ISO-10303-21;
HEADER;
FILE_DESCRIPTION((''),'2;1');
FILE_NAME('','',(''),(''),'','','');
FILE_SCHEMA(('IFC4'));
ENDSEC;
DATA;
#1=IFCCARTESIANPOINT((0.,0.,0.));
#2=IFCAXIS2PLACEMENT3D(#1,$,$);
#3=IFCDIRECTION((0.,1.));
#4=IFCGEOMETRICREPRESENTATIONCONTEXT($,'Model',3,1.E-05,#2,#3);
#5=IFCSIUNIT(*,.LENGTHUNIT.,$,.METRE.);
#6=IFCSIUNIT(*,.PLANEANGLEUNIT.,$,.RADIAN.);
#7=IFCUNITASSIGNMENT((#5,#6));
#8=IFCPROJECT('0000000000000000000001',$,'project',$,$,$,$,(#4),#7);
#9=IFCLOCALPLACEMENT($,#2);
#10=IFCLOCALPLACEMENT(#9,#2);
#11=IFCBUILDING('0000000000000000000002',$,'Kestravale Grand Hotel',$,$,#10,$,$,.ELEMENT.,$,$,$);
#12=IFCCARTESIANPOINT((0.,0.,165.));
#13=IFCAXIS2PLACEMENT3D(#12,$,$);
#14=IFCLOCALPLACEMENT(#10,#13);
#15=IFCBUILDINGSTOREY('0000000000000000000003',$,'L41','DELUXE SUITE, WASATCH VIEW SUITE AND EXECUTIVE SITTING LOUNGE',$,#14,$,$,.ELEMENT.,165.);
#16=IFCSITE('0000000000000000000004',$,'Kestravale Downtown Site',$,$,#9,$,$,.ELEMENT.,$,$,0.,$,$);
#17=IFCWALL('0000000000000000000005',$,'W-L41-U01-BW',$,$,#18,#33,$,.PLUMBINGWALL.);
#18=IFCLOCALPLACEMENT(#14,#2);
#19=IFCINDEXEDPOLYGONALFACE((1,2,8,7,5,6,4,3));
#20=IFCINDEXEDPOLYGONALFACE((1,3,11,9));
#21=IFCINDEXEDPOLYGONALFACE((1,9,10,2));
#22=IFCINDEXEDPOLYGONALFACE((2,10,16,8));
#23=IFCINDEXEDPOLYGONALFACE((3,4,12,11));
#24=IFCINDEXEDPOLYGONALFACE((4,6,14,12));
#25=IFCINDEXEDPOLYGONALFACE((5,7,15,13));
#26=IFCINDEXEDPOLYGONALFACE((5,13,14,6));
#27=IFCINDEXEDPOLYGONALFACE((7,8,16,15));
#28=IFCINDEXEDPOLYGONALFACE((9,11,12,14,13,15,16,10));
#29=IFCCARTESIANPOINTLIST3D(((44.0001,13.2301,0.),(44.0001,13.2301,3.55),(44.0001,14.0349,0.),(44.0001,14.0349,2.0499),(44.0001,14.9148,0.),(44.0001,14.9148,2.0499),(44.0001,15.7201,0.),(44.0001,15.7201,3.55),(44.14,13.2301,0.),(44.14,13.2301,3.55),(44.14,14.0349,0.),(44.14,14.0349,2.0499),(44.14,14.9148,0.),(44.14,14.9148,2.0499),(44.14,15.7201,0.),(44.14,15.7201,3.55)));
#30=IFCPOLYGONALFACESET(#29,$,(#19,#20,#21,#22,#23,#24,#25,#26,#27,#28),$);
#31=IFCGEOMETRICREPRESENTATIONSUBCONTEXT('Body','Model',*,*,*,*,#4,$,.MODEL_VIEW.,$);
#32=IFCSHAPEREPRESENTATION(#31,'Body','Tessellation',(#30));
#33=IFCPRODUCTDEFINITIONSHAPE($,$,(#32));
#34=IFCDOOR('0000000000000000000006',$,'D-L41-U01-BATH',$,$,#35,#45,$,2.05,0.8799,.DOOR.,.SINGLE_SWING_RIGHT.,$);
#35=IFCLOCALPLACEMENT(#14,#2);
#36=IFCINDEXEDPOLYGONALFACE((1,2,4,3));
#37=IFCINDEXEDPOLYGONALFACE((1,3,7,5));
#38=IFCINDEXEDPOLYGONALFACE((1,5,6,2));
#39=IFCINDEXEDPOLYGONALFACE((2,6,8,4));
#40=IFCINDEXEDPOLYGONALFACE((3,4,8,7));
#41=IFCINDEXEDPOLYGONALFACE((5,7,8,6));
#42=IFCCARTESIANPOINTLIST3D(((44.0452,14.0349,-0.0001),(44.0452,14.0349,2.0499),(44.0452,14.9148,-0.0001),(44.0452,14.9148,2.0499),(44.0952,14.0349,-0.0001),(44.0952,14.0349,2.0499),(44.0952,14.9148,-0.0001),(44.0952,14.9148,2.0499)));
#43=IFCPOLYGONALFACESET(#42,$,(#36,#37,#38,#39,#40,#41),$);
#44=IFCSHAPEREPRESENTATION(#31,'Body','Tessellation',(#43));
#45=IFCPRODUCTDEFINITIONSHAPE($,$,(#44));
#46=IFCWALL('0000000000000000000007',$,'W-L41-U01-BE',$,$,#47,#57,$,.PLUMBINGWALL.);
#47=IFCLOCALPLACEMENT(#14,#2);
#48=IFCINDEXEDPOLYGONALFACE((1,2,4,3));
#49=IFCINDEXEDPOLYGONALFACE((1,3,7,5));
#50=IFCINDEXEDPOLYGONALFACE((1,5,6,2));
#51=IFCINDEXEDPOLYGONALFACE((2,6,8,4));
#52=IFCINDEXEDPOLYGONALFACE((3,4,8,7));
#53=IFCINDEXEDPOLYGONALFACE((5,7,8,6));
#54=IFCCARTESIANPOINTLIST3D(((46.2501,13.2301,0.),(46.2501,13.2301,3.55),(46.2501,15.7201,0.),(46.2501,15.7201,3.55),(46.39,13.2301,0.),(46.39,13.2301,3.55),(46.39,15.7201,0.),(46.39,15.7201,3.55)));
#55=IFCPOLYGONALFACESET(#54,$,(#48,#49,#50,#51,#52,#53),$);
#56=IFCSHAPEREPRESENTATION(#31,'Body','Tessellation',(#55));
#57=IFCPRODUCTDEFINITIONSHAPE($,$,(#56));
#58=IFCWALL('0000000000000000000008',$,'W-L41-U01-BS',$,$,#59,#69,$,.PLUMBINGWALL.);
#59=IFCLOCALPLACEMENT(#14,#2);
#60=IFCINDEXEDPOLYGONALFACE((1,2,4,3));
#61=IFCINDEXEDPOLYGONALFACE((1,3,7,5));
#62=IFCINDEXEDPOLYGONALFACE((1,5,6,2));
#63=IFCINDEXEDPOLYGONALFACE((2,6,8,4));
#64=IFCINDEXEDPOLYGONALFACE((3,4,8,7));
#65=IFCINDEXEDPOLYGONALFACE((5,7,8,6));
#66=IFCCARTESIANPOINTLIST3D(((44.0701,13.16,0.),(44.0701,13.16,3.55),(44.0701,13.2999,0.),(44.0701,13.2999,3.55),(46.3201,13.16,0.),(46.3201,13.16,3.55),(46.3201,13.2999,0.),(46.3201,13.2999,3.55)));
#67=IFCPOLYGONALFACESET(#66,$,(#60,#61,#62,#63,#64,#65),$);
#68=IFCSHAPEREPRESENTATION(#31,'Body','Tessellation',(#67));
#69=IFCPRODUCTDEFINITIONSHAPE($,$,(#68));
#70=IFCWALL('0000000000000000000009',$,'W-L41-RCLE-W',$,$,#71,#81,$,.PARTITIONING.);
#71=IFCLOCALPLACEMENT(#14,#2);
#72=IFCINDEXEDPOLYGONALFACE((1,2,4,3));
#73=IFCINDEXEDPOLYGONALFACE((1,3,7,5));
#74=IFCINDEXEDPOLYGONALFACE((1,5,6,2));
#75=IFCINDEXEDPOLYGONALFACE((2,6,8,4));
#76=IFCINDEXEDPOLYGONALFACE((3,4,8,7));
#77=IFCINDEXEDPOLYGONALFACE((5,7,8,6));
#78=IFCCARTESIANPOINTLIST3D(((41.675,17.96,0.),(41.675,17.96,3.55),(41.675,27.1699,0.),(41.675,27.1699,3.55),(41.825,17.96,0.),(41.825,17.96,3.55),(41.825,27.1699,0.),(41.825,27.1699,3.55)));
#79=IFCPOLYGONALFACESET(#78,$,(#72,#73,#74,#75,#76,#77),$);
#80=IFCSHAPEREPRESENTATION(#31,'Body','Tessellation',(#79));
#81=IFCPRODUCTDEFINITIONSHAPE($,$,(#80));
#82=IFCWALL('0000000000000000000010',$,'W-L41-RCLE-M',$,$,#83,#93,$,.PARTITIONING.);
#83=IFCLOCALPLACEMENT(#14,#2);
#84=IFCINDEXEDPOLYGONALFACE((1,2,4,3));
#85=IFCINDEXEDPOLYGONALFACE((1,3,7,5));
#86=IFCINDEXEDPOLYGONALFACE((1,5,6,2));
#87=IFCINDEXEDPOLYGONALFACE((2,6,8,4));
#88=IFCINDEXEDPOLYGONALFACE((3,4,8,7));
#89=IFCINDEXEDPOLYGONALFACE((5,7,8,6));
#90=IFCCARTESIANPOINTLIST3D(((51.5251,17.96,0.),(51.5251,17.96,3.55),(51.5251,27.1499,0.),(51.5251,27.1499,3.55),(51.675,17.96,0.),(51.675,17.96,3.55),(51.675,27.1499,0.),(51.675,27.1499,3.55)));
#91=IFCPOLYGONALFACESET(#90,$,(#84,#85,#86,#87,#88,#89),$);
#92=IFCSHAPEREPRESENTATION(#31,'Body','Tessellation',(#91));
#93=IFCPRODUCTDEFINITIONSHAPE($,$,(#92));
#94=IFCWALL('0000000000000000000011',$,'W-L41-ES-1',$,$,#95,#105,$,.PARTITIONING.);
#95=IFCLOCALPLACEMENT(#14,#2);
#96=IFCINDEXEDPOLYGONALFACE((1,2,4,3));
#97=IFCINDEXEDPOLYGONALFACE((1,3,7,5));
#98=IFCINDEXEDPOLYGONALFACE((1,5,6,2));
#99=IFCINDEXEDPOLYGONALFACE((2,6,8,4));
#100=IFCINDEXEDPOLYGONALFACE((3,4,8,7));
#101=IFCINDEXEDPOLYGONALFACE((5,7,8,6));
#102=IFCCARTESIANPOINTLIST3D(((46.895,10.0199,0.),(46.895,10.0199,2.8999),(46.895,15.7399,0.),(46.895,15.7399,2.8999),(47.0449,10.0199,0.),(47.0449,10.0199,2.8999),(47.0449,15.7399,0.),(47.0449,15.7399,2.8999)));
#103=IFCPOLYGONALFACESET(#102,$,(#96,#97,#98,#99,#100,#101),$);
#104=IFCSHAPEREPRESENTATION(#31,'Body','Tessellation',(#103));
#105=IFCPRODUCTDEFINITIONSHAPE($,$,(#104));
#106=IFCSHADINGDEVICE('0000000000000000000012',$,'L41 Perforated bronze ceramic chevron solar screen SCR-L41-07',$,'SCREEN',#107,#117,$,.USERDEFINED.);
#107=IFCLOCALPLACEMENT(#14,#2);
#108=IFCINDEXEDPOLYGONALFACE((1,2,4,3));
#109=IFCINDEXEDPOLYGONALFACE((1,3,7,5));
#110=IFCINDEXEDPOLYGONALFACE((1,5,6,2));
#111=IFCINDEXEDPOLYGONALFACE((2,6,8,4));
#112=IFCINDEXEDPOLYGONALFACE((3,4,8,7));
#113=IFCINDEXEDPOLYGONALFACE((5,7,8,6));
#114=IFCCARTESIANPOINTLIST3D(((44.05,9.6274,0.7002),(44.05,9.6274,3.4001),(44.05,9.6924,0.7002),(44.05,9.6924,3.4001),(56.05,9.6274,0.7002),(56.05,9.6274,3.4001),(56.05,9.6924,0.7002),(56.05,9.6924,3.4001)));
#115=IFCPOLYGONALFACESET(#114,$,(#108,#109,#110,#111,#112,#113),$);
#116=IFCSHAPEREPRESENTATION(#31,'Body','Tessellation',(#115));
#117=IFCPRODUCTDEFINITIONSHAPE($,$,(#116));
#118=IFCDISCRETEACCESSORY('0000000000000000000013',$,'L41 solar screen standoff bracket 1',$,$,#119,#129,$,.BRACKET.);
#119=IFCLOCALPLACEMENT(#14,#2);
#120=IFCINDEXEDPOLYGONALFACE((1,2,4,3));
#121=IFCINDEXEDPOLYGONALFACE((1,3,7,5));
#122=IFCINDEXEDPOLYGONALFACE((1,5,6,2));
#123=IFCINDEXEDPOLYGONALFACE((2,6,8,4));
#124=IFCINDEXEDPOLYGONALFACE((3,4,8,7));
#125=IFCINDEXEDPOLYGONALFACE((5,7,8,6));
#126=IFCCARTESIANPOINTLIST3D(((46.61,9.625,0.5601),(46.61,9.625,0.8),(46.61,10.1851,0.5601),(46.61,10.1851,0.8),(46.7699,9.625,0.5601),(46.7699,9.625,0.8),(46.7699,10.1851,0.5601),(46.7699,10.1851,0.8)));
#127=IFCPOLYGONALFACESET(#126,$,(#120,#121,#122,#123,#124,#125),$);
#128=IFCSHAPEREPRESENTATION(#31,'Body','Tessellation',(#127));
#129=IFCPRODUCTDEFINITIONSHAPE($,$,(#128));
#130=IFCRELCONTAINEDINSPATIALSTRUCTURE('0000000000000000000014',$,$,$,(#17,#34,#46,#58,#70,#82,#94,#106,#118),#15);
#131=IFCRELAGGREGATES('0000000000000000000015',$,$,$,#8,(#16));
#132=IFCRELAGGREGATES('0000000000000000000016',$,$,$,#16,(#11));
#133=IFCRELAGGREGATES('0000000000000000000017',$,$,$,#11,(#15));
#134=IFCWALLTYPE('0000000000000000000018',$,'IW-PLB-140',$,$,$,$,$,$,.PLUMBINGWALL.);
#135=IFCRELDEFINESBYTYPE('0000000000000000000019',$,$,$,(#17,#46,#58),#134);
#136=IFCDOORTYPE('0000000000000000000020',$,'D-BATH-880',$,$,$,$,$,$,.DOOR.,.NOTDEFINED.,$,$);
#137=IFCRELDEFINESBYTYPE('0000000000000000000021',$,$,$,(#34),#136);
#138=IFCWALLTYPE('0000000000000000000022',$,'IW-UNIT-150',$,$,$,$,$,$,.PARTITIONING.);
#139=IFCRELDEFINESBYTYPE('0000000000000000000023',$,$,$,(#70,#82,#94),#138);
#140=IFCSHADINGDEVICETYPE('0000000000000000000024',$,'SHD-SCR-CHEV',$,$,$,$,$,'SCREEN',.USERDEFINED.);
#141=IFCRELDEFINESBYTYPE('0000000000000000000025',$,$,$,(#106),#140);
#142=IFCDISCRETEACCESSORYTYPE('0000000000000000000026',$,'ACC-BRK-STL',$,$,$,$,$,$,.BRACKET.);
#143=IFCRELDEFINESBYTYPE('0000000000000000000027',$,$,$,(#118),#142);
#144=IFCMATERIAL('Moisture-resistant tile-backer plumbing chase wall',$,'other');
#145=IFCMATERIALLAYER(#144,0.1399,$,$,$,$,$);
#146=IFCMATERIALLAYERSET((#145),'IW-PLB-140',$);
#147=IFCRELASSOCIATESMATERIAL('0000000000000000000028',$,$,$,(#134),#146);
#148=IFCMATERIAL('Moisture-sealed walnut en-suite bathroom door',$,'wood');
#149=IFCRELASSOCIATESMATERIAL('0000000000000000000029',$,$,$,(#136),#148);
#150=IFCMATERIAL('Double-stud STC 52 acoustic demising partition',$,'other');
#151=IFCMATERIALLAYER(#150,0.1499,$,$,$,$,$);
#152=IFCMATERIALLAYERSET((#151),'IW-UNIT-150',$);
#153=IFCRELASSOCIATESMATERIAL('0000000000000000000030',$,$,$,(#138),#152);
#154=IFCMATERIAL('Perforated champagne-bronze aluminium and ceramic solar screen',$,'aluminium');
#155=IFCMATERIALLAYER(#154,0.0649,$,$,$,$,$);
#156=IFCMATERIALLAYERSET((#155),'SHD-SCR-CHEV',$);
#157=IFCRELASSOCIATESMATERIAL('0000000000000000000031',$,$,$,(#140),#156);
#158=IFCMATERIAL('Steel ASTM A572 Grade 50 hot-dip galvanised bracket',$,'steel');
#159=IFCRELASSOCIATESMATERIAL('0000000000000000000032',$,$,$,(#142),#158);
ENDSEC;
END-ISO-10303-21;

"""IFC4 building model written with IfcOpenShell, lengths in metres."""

from ifc_helpers import new_model, si_unit, direction, frame, frame_2d, origin, origin_2d, place, context, subcontext, project, spatial, rectangle, extrude, material, layer, layer_set, type_object, element, fill, save


model = new_model("IFC4")

# Units and contexts
model_context = context("Model", 3, precision=1e-05, world=origin(), true_north=direction((0.0, 1.0)))
body_context = subcontext(model_context, "Body", "Model", "MODEL_VIEW")
ifc_project = project(units=[si_unit("LENGTHUNIT", "METRE"), si_unit("PLANEANGLEUNIT", "RADIAN")], contexts=[model_context])

# Site, building, storey
site_placement = place(None, origin())
site = spatial("IfcSite", under=ifc_project, at=site_placement, Name="Kestravale Downtown Site", CompositionType="ELEMENT", RefElevation=0.0)
building_placement = place(site_placement, origin())
building = spatial("IfcBuilding", under=site, at=building_placement, Name="Kestravale Grand Hotel", CompositionType="ELEMENT")
storey_placement = place(building_placement, frame((0.0, 0.0, 165.0)))
storey = spatial("IfcBuildingStorey", under=building, at=storey_placement, Name="L41", Description="DELUXE SUITE, WASATCH VIEW SUITE AND EXECUTIVE SITTING LOUNGE", CompositionType="ELEMENT", Elevation=165.0)

# Wall, opening, door
ifc_material_1 = material(Name="Moisture-resistant tile-backer plumbing chase wall", Category="other")
ifc_layer_1 = layer(ifc_material_1, 0.1399)
ifc_layer_set_1 = layer_set([ifc_layer_1], Name="IW-PLB-140")
wall_type_1 = type_object("IfcWallType", Name="IW-PLB-140", PredefinedType="PLUMBINGWALL", material=ifc_layer_set_1)
wall_1_placement = place(storey_placement, frame((44.0701, 13.23, 0.0), z_axis=(0.0, 0.0, 1.0), x_axis=(0.0, 1.0, 0.0)))
wall_1 = element("IfcWall", 1, at=wall_1_placement, inside=storey, type_object=wall_type_1, Name="W-L41-U01-BW", PredefinedType="PLUMBINGWALL", context=body_context, shape_type="SweptSolid", body=[
    extrude(rectangle(XDim=2.49, YDim=0.1399, at=frame_2d((1.2451, 0.0))), origin(), (0.0, 0.0, 1.0), 3.55),
])
opening_1_placement = place(wall_1_placement, frame((0.8049, 0.0, 0.0)))
opening_1 = element("IfcOpeningElement", 2, at=opening_1_placement, cuts=wall_1, PredefinedType="OPENING", context=body_context, shape_type="SweptSolid", body=[
    extrude(rectangle(XDim=0.8799, YDim=2.05, at=frame_2d((0.4399, 1.0249))), frame((0.0, 0.0798, 0.0), z_axis=(0.0, -1.0, 0.0), x_axis=(1.0, 0.0, 0.0)), (0.0, 0.0, 1.0), 0.1599),
])
ifc_material_2 = material(Name="Moisture-sealed walnut en-suite bathroom door", Category="wood")
door_type_1 = type_object("IfcDoorType", Name="D-BATH-880", OperationType="NOTDEFINED", PredefinedType="DOOR", material=ifc_material_2)
door_1_placement = place(opening_1_placement, origin())
door_1 = element("IfcDoor", 3, at=door_1_placement, inside=storey, type_object=door_type_1, Name="D-L41-U01-BATH", OperationType="SINGLE_SWING_RIGHT", OverallHeight=2.05, OverallWidth=0.8799, PredefinedType="DOOR", context=body_context, shape_type="SweptSolid", body=[
    extrude(rectangle(XDim=0.8799, YDim=2.05, at=frame_2d((0.4399, 1.0249))), frame((0.0, 0.0249, 0.0), z_axis=(0.0, -1.0, 0.0), x_axis=(1.0, 0.0, 0.0)), (0.0, 0.0, 1.0), 0.05),
])
fill(opening_1, door_1)

# Walls
wall_2_placement = place(storey_placement, frame((46.3201, 13.23, 0.0), z_axis=(0.0, 0.0, 1.0), x_axis=(0.0, 1.0, 0.0)))
element("IfcWall", 4, at=wall_2_placement, inside=storey, type_object=wall_type_1, Name="W-L41-U01-BE", PredefinedType="PLUMBINGWALL", context=body_context, shape_type="SweptSolid", body=[
    extrude(rectangle(XDim=2.49, YDim=0.1399, at=frame_2d((1.2451, 0.0))), origin(), (0.0, 0.0, 1.0), 3.55),
])
wall_3_placement = place(storey_placement, frame((44.0701, 13.23, 0.0), z_axis=(0.0, 0.0, 1.0), x_axis=(1.0, 0.0, 0.0)))
element("IfcWall", 5, at=wall_3_placement, inside=storey, type_object=wall_type_1, Name="W-L41-U01-BS", PredefinedType="PLUMBINGWALL", context=body_context, shape_type="SweptSolid", body=[
    extrude(rectangle(XDim=2.25, YDim=0.1399, at=frame_2d((1.125, 0.0))), origin(), (0.0, 0.0, 1.0), 3.55),
])
ifc_material_3 = material(Name="Double-stud STC 52 acoustic demising partition", Category="other")
ifc_layer_2 = layer(ifc_material_3, 0.1499)
ifc_layer_set_2 = layer_set([ifc_layer_2], Name="IW-UNIT-150")
wall_type_2 = type_object("IfcWallType", Name="IW-UNIT-150", PredefinedType="PARTITIONING", material=ifc_layer_set_2)
wall_4_placement = place(storey_placement, frame((41.75, 17.96, 0.0), z_axis=(0.0, 0.0, 1.0), x_axis=(0.0, 1.0, 0.0)))
element("IfcWall", 6, at=wall_4_placement, inside=storey, type_object=wall_type_2, Name="W-L41-RCLE-W", PredefinedType="PARTITIONING", context=body_context, shape_type="SweptSolid", body=[
    extrude(rectangle(XDim=9.21, YDim=0.1499, at=frame_2d((4.605, 0.0))), origin(), (0.0, 0.0, 1.0), 3.55),
])
wall_5_placement = place(storey_placement, frame((51.6001, 17.96, 0.0), z_axis=(0.0, 0.0, 1.0), x_axis=(0.0, 1.0, 0.0)))
element("IfcWall", 7, at=wall_5_placement, inside=storey, type_object=wall_type_2, Name="W-L41-RCLE-M", PredefinedType="PARTITIONING", context=body_context, shape_type="SweptSolid", body=[
    extrude(rectangle(XDim=9.1899, YDim=0.1499, at=frame_2d((4.595, 0.0))), origin(), (0.0, 0.0, 1.0), 3.55),
])
wall_6_placement = place(storey_placement, frame((46.97, 10.02, 0.0), z_axis=(0.0, 0.0, 1.0), x_axis=(0.0, 1.0, 0.0)))
element("IfcWall", 8, at=wall_6_placement, inside=storey, type_object=wall_type_2, Name="W-L41-ES-1", PredefinedType="PARTITIONING", context=body_context, shape_type="SweptSolid", body=[
    extrude(rectangle(XDim=5.72, YDim=0.1499, at=frame_2d((2.8599, 0.0))), origin(), (0.0, 0.0, 1.0), 2.8999),
])

# Shading device
ifc_material_4 = material(Name="Perforated champagne-bronze aluminium and ceramic solar screen", Category="aluminium")
ifc_layer_3 = layer(ifc_material_4, 0.0649)
ifc_layer_set_3 = layer_set([ifc_layer_3], Name="SHD-SCR-CHEV")
shading_device_type = type_object("IfcShadingDeviceType", Name="SHD-SCR-CHEV", ElementType="SCREEN", PredefinedType="USERDEFINED", material=ifc_layer_set_3)
shading_device_placement = place(storey_placement, frame((50.05, 9.6599, 0.7002), z_axis=(0.0, 0.0, 1.0), x_axis=(1.0, 0.0, 0.0)))
element("IfcShadingDevice", 9, at=shading_device_placement, inside=storey, type_object=shading_device_type, Name="L41 Perforated bronze ceramic chevron solar screen SCR-L41-07", ObjectType="SCREEN", PredefinedType="USERDEFINED", context=body_context, shape_type="SweptSolid", body=[
    extrude(rectangle(XDim=12.0, YDim=0.0649, at=origin_2d()), origin(), (0.0, 0.0, 1.0), 2.7),
])

# Discrete accessory
ifc_material_5 = material(Name="Steel ASTM A572 Grade 50 hot-dip galvanised bracket", Category="steel")
discrete_accessory_type = type_object("IfcDiscreteAccessoryType", Name="ACC-BRK-STL", PredefinedType="BRACKET", material=ifc_material_5)
discrete_accessory_placement = place(storey_placement, frame((46.6899, 9.905, 0.5601), z_axis=(0.0, 0.0, 1.0), x_axis=(1.0, 0.0, 0.0)))
element("IfcDiscreteAccessory", 10, at=discrete_accessory_placement, inside=storey, type_object=discrete_accessory_type, Name="L41 solar screen standoff bracket 1", PredefinedType="BRACKET", context=body_context, shape_type="SweptSolid", body=[
    extrude(rectangle(XDim=0.1599, YDim=0.5601, at=origin_2d()), origin(), (0.0, 0.0, 1.0), 0.24),
])

save(model, "model.ifc")
